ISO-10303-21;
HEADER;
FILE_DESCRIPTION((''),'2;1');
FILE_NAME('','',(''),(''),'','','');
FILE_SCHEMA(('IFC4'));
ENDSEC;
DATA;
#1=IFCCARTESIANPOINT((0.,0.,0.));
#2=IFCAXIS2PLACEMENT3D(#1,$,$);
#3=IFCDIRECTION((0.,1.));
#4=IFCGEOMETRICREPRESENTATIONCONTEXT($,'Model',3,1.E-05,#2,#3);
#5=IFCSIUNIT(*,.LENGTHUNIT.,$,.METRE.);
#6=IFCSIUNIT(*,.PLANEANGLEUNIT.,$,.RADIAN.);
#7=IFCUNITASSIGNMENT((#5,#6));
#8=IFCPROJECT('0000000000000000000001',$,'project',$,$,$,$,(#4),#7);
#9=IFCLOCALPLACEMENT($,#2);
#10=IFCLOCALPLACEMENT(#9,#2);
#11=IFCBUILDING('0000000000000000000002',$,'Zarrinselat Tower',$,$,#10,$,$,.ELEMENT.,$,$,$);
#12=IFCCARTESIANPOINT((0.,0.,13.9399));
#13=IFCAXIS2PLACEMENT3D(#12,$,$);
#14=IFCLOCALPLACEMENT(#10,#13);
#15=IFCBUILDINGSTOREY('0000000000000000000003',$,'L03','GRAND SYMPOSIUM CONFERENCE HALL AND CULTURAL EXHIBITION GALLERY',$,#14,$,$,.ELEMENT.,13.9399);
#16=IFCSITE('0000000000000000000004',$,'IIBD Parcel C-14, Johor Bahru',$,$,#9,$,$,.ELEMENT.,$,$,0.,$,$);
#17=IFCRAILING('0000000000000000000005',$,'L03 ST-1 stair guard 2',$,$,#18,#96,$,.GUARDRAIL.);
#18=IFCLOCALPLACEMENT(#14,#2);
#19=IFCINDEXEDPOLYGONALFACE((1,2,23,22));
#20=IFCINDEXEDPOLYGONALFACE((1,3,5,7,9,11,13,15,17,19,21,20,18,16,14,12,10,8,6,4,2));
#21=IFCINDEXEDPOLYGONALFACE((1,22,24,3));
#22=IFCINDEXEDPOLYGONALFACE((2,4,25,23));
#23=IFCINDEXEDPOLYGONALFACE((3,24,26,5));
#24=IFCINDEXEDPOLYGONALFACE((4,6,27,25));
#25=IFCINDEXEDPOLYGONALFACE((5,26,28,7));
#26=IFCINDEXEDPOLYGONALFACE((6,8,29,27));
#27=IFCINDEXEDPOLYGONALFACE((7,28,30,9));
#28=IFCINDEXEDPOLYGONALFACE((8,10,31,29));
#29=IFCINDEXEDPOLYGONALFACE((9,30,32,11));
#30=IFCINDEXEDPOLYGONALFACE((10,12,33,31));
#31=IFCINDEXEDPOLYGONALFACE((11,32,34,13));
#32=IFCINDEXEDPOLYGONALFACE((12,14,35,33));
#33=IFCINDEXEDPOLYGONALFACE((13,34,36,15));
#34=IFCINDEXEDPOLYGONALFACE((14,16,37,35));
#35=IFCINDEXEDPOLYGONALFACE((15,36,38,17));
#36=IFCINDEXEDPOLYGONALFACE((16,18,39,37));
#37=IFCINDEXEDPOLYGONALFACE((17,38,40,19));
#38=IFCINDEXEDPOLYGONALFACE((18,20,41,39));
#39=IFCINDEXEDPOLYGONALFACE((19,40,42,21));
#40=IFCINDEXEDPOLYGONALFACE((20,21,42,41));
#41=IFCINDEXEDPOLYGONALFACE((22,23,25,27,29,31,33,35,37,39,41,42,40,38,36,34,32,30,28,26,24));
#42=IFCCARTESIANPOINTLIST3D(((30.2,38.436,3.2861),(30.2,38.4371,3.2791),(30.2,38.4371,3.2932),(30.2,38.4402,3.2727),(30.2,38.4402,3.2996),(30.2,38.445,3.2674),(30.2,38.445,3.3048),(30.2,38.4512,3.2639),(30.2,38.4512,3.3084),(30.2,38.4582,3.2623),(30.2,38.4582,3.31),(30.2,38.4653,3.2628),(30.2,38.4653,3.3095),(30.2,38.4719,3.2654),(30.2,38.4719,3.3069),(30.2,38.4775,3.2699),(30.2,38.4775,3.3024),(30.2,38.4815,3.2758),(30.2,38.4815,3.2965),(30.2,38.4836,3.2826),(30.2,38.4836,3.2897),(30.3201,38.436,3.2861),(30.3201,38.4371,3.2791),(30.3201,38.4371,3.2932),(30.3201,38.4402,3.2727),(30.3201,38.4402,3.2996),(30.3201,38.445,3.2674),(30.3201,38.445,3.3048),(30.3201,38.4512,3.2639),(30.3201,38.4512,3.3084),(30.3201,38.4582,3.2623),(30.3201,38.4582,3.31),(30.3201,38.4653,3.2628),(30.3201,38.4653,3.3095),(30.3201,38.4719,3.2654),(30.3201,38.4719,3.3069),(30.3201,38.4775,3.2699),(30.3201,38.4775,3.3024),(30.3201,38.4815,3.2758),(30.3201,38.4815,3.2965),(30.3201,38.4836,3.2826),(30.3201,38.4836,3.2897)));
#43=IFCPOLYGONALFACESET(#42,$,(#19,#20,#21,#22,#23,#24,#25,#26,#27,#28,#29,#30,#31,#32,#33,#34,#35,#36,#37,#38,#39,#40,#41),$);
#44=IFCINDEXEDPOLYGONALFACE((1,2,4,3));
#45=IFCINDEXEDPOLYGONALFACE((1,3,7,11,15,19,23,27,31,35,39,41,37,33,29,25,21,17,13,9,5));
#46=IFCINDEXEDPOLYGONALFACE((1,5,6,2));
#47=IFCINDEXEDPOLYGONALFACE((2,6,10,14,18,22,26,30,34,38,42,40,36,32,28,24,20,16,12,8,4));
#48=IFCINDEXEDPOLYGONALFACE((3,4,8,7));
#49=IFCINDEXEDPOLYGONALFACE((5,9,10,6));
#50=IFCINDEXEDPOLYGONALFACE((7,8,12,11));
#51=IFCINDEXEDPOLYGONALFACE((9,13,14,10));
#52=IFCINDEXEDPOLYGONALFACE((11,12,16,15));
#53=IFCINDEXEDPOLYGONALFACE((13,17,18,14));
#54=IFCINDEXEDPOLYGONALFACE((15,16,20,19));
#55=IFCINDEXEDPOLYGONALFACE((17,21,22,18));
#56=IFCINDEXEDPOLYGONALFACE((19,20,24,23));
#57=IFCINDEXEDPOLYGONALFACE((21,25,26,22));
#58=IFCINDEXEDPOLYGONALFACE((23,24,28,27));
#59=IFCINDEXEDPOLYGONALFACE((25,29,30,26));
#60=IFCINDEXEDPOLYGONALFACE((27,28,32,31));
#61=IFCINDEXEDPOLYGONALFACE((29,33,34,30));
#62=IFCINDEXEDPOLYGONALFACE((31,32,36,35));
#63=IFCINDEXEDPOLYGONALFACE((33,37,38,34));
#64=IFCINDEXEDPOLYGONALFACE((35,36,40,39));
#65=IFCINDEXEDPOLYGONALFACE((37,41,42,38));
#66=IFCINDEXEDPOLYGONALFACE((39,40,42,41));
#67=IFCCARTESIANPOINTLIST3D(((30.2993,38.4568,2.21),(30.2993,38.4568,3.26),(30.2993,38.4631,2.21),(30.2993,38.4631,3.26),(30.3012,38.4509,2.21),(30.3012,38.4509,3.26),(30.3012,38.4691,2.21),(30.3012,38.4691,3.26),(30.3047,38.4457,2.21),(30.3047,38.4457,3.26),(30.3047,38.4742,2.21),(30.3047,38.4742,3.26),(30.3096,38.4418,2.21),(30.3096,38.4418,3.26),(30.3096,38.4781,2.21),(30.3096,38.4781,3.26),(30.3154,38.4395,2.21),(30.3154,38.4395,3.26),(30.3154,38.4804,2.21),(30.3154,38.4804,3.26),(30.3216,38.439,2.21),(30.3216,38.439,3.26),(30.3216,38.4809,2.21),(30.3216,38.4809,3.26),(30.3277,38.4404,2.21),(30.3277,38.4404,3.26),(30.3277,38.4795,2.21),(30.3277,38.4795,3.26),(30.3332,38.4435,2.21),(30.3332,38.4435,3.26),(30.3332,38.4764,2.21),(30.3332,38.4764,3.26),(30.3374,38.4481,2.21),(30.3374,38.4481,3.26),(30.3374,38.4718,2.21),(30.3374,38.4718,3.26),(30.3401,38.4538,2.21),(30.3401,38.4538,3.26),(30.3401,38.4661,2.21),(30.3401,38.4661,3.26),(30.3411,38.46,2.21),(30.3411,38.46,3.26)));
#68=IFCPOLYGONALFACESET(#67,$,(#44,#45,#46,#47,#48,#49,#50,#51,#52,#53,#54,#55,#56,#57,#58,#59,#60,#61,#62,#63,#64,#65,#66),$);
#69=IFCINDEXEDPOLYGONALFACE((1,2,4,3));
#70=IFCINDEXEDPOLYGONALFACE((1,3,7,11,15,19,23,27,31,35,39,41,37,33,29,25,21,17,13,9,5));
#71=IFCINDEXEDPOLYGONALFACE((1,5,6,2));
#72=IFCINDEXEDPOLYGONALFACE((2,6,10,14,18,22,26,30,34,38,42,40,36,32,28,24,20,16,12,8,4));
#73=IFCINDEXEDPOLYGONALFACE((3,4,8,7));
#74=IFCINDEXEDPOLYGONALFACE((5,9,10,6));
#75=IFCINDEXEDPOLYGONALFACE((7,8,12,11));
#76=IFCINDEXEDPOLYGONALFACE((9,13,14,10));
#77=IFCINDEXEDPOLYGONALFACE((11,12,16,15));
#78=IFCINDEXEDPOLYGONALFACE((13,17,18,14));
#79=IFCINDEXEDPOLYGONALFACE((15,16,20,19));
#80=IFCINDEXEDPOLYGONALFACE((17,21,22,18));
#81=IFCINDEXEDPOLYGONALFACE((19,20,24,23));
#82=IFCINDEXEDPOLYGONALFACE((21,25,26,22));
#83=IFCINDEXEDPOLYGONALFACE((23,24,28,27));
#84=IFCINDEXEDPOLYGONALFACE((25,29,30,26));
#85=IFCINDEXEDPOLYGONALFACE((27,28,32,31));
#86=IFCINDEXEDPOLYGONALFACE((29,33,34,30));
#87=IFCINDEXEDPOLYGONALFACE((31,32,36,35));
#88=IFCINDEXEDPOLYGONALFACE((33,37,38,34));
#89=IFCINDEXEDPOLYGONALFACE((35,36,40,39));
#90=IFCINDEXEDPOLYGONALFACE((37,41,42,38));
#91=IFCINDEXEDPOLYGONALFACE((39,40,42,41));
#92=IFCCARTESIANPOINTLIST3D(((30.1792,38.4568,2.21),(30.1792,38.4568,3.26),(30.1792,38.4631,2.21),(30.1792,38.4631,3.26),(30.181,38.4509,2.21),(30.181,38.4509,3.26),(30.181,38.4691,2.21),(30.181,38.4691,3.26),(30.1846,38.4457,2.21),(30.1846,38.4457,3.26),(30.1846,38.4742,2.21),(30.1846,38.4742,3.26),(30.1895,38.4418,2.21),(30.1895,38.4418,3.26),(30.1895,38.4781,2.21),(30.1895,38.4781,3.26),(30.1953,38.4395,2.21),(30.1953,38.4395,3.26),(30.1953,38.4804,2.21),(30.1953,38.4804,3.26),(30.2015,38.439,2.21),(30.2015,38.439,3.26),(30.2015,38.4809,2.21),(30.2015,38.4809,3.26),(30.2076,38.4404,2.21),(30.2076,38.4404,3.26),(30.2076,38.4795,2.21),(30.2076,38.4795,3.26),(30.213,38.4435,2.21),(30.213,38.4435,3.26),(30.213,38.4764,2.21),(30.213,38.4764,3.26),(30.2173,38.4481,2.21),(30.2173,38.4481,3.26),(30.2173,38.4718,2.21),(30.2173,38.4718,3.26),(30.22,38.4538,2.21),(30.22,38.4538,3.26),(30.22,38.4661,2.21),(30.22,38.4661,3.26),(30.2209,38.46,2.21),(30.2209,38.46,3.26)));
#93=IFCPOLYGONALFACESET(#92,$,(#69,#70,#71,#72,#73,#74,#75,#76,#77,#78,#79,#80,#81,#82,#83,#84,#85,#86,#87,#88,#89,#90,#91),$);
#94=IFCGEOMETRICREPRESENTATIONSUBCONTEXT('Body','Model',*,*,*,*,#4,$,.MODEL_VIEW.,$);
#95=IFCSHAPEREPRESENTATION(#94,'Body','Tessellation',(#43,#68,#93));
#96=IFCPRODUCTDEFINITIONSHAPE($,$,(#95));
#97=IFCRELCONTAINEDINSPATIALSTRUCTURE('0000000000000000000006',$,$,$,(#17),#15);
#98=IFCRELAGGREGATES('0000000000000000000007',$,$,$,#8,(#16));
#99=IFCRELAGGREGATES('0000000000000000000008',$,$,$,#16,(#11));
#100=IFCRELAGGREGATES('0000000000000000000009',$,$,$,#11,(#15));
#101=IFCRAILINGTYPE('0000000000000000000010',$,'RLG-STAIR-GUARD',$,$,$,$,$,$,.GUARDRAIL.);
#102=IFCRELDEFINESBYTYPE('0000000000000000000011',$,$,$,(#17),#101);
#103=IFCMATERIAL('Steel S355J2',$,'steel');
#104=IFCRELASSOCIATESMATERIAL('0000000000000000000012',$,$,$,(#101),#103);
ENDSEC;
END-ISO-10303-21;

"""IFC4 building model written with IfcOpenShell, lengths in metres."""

from ifc_helpers import new_model, si_unit, direction, frame, origin, origin_2d, place, context, subcontext, project, spatial, circle, extrude, material, type_object, element, save


model = new_model("IFC4")

# Units and contexts
model_context = context("Model", 3, precision=1e-05, world=origin(), true_north=direction((0.0, 1.0)))
body_context = subcontext(model_context, "Body", "Model", "MODEL_VIEW")
ifc_project = project(units=[si_unit("LENGTHUNIT", "METRE"), si_unit("PLANEANGLEUNIT", "RADIAN")], contexts=[model_context])

# Site, building, storey
site_placement = place(None, origin())
site = spatial("IfcSite", under=ifc_project, at=site_placement, Name="IIBD Parcel C-14, Johor Bahru", CompositionType="ELEMENT", RefElevation=0.0)
building_placement = place(site_placement, origin())
building = spatial("IfcBuilding", under=site, at=building_placement, Name="Zarrinselat Tower", CompositionType="ELEMENT")
storey_placement = place(building_placement, frame((0.0, 0.0, 13.9399)))
storey = spatial("IfcBuildingStorey", under=building, at=storey_placement, Name="L03", Description="GRAND SYMPOSIUM CONFERENCE HALL AND CULTURAL EXHIBITION GALLERY", CompositionType="ELEMENT", Elevation=13.9399)

# Railing
ifc_material_1 = material(Name="Steel S355J2", Category="steel")
railing_type_1 = type_object("IfcRailingType", Name="RLG-STAIR-GUARD", PredefinedType="GUARDRAIL", material=ifc_material_1)
railing_1_placement = place(storey_placement, frame((30.3201, 38.46, 2.21)))
element("IfcRailing", 1, at=railing_1_placement, inside=storey, type_object=railing_type_1, Name="L03 ST-1 stair guard 2", PredefinedType="GUARDRAIL", context=body_context, shape_type="SweptSolid", body=[
    extrude(circle(Radius=0.0239, at=origin_2d()), frame((0.0, 0.0, 1.0762), z_axis=(-1.0, 0.0, 0.0), x_axis=(0.0, -1.0, 0.0)), (0.0, 0.0, 1.0), 0.1201),
    extrude(circle(Radius=0.021, at=origin_2d()), origin(), (0.0, 0.0, 1.0), 1.05),
    extrude(circle(Radius=0.021, at=origin_2d()), frame((-0.1201, 0.0, 0.0)), (0.0, 0.0, 1.0), 1.05),
])

save(model, "model.ifc")
